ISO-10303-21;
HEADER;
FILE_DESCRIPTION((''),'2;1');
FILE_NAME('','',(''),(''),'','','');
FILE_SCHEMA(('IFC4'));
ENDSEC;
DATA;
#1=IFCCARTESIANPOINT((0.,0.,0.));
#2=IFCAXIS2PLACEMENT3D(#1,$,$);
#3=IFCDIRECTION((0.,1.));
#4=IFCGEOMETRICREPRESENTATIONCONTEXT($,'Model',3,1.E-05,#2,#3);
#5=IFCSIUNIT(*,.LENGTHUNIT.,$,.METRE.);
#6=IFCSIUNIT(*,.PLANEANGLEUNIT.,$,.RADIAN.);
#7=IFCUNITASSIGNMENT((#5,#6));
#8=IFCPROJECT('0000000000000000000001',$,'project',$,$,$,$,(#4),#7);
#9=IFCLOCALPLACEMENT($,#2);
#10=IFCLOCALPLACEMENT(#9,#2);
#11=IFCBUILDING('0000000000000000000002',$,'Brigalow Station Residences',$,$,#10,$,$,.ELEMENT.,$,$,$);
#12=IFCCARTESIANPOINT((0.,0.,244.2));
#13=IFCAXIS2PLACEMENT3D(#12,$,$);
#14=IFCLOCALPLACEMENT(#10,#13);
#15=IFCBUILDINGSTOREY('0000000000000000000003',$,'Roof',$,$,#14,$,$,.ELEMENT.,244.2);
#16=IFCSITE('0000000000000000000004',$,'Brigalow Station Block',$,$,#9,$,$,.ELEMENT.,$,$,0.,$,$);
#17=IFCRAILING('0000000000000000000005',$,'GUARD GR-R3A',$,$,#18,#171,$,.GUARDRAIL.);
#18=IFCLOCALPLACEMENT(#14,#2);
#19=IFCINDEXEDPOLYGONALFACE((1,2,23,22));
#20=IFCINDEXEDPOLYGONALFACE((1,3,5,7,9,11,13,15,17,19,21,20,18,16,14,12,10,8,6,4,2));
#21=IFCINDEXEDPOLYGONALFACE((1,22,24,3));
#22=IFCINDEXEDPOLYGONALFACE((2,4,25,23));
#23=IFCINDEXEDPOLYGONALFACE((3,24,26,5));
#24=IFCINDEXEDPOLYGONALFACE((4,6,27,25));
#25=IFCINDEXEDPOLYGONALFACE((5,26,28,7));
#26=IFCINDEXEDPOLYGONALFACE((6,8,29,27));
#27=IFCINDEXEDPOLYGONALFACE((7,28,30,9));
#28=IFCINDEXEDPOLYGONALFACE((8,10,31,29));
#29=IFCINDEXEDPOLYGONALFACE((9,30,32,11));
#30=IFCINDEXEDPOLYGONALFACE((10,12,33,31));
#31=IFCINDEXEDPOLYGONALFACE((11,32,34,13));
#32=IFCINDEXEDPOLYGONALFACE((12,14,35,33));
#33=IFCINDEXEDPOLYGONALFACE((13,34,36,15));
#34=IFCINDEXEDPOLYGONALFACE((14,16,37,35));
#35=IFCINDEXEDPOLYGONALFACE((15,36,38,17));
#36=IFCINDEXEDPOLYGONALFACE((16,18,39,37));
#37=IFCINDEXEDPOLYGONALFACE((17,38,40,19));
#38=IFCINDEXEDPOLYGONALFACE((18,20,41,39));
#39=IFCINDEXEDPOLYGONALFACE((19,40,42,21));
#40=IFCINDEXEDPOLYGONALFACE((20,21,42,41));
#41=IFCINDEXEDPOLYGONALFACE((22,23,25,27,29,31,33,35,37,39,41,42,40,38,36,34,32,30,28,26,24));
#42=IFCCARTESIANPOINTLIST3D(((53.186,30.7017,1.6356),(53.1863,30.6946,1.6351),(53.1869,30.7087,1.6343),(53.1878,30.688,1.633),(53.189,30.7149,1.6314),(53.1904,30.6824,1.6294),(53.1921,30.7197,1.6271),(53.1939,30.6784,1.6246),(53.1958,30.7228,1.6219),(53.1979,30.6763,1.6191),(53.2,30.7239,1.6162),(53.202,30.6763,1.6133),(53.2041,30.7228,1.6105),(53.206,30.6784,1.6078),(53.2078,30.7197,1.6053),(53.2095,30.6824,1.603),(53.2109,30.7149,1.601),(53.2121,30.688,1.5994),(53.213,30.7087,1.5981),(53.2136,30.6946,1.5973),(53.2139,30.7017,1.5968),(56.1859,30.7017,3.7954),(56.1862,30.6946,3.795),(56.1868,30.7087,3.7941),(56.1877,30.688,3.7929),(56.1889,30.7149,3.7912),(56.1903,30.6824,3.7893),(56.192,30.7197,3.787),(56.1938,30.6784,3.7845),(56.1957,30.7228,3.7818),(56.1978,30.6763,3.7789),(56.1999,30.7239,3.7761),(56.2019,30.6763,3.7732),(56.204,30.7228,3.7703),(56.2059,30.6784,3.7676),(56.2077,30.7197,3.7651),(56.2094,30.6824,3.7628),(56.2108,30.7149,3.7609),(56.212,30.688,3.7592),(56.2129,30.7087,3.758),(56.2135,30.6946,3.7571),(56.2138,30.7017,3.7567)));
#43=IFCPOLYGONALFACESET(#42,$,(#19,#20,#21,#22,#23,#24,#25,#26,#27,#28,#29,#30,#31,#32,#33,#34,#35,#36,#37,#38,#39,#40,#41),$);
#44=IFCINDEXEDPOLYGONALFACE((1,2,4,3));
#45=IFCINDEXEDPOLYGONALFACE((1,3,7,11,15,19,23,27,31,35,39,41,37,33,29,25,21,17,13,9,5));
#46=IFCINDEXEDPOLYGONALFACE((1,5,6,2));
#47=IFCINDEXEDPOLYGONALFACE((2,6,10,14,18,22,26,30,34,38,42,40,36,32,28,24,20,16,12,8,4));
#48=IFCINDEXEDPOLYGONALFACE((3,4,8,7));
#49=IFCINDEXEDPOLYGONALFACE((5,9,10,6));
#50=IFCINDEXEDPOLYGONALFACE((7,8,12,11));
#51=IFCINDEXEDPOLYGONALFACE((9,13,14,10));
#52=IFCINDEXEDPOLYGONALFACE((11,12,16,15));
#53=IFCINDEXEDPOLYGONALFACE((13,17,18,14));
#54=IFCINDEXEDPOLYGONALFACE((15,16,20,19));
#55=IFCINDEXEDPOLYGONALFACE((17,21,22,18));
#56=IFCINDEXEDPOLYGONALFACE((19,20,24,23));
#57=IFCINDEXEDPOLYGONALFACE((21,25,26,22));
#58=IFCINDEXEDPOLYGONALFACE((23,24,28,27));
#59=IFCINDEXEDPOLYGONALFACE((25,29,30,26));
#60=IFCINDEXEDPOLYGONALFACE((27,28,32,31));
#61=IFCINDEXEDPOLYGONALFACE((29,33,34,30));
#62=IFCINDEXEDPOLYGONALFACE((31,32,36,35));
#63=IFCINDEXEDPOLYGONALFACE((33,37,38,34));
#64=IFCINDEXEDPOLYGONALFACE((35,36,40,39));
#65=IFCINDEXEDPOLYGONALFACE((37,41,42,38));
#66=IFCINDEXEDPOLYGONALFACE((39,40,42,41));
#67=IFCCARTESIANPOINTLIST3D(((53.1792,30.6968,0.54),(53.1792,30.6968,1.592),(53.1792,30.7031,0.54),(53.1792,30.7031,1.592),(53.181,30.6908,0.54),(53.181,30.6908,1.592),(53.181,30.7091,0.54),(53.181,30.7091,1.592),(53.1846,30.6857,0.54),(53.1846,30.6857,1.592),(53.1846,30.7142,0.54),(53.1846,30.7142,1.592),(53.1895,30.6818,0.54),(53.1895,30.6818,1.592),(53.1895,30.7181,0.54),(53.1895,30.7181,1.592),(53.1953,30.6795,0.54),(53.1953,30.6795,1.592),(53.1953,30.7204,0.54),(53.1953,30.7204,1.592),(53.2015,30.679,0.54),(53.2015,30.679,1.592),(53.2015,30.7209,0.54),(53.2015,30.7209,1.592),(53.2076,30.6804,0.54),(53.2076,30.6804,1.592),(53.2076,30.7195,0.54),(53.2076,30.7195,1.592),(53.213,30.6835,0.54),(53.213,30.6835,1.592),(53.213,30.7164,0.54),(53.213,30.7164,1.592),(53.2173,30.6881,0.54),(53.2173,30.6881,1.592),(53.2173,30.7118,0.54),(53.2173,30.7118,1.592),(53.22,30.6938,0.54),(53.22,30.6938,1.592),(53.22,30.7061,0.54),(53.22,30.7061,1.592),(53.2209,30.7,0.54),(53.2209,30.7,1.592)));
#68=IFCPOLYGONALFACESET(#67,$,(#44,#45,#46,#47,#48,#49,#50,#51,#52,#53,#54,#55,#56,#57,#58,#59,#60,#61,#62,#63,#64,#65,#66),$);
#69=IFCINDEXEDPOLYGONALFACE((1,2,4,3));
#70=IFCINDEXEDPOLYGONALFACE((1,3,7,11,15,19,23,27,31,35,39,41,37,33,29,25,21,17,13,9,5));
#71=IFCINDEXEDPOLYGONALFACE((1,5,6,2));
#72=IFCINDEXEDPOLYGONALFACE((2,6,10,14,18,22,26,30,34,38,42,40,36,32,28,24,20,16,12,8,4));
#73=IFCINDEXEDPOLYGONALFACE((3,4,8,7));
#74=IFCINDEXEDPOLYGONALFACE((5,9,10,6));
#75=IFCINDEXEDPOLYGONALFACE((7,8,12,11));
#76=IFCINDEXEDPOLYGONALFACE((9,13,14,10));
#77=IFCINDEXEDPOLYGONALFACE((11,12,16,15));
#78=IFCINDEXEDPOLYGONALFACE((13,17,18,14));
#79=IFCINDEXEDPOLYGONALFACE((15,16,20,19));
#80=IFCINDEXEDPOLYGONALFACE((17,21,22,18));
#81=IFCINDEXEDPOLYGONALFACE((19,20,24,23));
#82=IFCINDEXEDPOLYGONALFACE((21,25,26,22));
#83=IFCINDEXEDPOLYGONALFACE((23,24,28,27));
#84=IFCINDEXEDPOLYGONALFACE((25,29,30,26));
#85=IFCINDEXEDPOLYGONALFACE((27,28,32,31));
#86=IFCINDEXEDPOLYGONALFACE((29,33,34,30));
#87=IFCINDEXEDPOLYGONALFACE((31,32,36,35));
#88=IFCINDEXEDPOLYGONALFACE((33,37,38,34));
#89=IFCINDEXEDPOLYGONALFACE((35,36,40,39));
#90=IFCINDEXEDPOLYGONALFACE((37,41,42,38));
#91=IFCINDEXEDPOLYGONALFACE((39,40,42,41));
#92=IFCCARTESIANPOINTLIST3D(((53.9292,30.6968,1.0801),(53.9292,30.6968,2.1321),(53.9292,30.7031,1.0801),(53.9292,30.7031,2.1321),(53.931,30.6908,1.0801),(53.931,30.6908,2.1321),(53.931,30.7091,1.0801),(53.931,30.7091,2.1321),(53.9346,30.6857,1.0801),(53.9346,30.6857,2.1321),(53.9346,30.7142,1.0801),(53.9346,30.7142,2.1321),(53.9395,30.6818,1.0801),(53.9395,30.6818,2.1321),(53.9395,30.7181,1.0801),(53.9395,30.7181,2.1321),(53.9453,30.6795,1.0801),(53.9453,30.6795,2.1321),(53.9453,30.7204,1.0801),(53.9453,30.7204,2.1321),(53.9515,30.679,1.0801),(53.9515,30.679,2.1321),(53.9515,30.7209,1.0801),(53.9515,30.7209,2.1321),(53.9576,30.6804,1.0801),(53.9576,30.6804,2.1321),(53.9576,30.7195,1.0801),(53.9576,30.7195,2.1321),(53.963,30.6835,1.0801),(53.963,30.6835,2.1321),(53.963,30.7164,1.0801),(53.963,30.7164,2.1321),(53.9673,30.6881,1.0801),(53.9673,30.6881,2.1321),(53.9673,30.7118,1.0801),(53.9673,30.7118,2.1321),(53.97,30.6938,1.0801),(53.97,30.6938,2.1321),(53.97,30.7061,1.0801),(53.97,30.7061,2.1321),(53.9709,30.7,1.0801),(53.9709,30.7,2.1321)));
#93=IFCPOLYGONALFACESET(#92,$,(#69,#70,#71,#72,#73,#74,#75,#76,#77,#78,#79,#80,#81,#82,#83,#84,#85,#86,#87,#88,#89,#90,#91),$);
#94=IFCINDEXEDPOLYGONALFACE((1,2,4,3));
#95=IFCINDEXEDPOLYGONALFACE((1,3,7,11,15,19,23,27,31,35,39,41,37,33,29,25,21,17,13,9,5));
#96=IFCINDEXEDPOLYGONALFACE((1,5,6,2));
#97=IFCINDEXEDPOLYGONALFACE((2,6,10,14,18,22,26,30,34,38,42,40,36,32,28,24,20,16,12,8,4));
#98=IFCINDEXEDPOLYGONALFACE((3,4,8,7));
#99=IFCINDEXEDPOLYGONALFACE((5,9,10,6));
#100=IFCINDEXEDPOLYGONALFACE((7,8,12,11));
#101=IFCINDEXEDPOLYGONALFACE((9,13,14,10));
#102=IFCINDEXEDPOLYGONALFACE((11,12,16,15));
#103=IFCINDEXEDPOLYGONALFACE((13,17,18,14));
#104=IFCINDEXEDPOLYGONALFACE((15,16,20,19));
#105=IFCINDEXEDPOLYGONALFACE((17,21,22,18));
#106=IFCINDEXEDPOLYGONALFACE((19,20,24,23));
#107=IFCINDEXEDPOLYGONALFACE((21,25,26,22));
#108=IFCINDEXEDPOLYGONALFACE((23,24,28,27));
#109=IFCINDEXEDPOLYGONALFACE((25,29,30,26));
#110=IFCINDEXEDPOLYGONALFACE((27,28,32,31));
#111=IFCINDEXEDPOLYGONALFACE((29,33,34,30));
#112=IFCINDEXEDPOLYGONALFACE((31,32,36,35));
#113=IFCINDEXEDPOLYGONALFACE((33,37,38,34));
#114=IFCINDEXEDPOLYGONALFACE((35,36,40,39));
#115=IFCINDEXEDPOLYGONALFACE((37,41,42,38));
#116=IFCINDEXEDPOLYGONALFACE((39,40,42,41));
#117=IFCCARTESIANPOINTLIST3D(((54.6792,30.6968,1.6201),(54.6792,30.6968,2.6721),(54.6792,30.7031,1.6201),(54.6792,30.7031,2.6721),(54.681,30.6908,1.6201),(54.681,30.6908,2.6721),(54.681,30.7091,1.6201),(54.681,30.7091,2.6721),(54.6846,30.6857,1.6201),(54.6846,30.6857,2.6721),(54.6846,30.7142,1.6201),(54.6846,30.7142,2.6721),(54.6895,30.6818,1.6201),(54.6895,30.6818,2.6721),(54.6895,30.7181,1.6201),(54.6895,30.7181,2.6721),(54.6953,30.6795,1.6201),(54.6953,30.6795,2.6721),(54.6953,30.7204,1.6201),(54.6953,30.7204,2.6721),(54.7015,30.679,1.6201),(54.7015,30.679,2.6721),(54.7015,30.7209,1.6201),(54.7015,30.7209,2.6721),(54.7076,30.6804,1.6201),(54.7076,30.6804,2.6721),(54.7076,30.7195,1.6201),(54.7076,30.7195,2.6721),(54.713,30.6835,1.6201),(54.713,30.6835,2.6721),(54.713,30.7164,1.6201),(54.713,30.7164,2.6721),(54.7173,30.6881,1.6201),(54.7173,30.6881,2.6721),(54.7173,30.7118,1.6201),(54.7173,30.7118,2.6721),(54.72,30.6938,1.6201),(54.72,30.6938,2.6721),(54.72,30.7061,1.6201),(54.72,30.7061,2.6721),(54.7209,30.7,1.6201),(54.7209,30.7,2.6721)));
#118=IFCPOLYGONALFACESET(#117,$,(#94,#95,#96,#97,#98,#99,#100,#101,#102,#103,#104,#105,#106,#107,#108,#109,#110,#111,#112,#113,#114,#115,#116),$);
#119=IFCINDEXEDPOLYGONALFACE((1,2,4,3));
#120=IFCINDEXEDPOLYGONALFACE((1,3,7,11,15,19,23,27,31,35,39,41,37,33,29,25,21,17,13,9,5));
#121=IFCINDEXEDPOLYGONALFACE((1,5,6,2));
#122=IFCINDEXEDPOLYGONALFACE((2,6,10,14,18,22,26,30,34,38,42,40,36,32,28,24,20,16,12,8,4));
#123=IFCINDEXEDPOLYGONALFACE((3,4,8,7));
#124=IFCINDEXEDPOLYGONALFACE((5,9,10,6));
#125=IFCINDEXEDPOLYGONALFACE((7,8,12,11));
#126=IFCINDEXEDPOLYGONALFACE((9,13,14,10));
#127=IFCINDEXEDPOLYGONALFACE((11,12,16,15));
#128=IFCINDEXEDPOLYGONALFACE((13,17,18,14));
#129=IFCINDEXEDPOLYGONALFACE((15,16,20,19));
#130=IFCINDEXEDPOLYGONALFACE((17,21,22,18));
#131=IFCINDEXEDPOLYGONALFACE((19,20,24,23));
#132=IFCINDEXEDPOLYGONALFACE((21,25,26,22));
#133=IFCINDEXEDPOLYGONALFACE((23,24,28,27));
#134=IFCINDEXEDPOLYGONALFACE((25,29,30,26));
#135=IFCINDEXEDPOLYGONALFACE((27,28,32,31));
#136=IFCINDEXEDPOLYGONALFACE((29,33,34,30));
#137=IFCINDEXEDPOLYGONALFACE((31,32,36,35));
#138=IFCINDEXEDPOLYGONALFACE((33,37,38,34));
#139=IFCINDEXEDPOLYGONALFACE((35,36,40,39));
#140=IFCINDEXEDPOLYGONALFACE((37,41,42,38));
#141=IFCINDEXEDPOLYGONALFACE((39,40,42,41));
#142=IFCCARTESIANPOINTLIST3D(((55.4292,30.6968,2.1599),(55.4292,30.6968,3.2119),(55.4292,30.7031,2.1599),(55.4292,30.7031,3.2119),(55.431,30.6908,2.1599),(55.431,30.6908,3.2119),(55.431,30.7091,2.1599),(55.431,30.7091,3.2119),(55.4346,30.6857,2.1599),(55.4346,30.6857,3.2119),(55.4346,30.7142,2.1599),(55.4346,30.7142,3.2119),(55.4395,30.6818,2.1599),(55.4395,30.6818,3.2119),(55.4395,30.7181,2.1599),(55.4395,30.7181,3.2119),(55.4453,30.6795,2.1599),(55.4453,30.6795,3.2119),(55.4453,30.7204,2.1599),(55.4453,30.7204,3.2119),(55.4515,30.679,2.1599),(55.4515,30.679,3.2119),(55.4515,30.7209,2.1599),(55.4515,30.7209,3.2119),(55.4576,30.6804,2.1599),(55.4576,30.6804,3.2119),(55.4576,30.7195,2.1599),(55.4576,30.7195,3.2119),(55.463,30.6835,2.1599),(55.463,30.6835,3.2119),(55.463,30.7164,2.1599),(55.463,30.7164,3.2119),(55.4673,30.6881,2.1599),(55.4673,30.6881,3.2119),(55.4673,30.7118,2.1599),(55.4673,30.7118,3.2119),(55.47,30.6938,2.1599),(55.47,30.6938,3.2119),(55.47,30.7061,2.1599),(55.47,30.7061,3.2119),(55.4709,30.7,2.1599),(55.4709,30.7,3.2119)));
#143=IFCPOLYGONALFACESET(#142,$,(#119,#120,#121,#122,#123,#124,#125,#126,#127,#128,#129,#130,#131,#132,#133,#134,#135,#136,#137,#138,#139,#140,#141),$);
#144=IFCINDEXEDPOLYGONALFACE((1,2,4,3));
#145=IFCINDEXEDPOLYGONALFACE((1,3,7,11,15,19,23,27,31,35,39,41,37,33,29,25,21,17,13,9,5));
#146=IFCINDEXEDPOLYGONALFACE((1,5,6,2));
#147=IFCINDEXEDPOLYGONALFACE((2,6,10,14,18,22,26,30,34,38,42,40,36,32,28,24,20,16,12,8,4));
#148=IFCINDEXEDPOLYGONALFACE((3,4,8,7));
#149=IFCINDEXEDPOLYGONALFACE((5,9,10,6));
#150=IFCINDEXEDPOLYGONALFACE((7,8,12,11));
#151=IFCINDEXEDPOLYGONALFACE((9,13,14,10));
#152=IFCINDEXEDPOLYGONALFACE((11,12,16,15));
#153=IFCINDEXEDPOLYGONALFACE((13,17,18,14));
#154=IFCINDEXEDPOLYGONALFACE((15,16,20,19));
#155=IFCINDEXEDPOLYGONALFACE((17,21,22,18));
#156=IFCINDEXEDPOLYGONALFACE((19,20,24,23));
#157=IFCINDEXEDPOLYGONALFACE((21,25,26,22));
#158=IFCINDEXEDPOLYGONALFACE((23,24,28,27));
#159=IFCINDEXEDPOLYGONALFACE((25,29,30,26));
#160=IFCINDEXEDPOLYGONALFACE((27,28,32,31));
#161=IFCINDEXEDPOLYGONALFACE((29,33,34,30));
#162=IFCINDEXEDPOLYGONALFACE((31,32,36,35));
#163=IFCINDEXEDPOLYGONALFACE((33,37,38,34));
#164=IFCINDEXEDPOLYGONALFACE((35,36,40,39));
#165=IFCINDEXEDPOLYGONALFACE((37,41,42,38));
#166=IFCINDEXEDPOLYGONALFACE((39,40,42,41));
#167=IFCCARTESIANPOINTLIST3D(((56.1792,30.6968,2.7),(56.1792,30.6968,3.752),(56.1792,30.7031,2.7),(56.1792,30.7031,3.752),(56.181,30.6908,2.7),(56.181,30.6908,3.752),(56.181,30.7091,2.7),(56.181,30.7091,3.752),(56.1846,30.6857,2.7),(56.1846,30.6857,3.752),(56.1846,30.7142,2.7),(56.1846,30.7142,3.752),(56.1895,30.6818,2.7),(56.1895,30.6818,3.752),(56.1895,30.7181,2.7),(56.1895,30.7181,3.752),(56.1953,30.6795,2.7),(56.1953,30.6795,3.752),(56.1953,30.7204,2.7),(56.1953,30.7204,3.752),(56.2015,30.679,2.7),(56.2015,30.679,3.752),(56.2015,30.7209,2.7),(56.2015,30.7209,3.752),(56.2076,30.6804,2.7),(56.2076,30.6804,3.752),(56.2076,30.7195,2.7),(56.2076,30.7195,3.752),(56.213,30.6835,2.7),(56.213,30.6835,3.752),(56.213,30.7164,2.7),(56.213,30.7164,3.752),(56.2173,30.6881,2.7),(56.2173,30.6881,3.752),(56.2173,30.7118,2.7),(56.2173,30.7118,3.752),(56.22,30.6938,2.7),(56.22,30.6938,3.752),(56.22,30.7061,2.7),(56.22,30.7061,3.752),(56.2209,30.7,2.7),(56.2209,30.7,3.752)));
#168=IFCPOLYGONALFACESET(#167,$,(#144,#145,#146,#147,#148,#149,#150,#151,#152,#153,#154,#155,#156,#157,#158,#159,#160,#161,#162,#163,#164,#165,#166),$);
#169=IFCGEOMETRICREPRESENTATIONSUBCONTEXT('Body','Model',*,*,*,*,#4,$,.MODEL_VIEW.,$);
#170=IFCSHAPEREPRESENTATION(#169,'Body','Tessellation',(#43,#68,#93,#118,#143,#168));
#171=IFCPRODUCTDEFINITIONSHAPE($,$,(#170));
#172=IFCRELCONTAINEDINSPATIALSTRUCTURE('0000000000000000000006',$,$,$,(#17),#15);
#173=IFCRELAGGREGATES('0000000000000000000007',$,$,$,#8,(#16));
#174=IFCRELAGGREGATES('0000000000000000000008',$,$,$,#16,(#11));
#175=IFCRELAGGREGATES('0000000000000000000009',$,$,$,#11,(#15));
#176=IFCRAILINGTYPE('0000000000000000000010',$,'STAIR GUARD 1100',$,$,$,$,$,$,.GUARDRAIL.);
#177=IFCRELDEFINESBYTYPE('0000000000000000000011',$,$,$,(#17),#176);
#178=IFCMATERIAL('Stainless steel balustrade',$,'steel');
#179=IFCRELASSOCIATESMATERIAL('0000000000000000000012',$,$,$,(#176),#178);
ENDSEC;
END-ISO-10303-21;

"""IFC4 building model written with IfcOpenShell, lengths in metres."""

from ifc_helpers import new_model, si_unit, direction, frame, origin, origin_2d, place, context, subcontext, project, spatial, circle, extrude, material, type_object, element, save


model = new_model("IFC4")

# Units and contexts
model_context = context("Model", 3, precision=1e-05, world=origin(), true_north=direction((0.0, 1.0)))
body_context = subcontext(model_context, "Body", "Model", "MODEL_VIEW")
ifc_project = project(units=[si_unit("LENGTHUNIT", "METRE"), si_unit("PLANEANGLEUNIT", "RADIAN")], contexts=[model_context])

# Site, building, storey
site_placement = place(None, origin())
site = spatial("IfcSite", under=ifc_project, at=site_placement, Name="Brigalow Station Block", CompositionType="ELEMENT", RefElevation=0.0)
building_placement = place(site_placement, origin())
building = spatial("IfcBuilding", under=site, at=building_placement, Name="Brigalow Station Residences", CompositionType="ELEMENT")
storey_placement = place(building_placement, frame((0.0, 0.0, 244.2)))
storey = spatial("IfcBuildingStorey", under=building, at=storey_placement, Name="Roof", CompositionType="ELEMENT", Elevation=244.2)

# Railing
ifc_material_1 = material(Name="Stainless steel balustrade", Category="steel")
railing_type = type_object("IfcRailingType", Name="STAIR GUARD 1100", PredefinedType="GUARDRAIL", material=ifc_material_1)
for number, where, name in (
    (1, (53.2, 30.7, 0.54), "GUARD GR-R3A"),
):
    element("IfcRailing", number, at=place(storey_placement, frame(where)), inside=storey, type_object=railing_type, Name=name, PredefinedType="GUARDRAIL", context=body_context, shape_type="SweptSolid", body=[
        extrude(circle(Radius=0.0239, at=origin_2d()), frame((0.0, 0.0, 1.0762), z_axis=(0.811546, 0.0, 0.584289), x_axis=(0.0, 1.0, 0.0)), (0.0, 0.0, 1.0), 3.6965),
        extrude(circle(Radius=0.021, at=origin_2d()), origin(), (0.0, 0.0, 1.0), 1.052),
        extrude(circle(Radius=0.021, at=origin_2d()), frame((0.75, 0.0, 0.54)), (0.0, 0.0, 1.0), 1.052),
        extrude(circle(Radius=0.021, at=origin_2d()), frame((1.5, 0.0, 1.0801)), (0.0, 0.0, 1.0), 1.052),
        extrude(circle(Radius=0.021, at=origin_2d()), frame((2.25, 0.0, 1.6199)), (0.0, 0.0, 1.0), 1.052),
        extrude(circle(Radius=0.021, at=origin_2d()), frame((3.0, 0.0, 2.1599)), (0.0, 0.0, 1.0), 1.052),
    ])

save(model, "model.ifc")
